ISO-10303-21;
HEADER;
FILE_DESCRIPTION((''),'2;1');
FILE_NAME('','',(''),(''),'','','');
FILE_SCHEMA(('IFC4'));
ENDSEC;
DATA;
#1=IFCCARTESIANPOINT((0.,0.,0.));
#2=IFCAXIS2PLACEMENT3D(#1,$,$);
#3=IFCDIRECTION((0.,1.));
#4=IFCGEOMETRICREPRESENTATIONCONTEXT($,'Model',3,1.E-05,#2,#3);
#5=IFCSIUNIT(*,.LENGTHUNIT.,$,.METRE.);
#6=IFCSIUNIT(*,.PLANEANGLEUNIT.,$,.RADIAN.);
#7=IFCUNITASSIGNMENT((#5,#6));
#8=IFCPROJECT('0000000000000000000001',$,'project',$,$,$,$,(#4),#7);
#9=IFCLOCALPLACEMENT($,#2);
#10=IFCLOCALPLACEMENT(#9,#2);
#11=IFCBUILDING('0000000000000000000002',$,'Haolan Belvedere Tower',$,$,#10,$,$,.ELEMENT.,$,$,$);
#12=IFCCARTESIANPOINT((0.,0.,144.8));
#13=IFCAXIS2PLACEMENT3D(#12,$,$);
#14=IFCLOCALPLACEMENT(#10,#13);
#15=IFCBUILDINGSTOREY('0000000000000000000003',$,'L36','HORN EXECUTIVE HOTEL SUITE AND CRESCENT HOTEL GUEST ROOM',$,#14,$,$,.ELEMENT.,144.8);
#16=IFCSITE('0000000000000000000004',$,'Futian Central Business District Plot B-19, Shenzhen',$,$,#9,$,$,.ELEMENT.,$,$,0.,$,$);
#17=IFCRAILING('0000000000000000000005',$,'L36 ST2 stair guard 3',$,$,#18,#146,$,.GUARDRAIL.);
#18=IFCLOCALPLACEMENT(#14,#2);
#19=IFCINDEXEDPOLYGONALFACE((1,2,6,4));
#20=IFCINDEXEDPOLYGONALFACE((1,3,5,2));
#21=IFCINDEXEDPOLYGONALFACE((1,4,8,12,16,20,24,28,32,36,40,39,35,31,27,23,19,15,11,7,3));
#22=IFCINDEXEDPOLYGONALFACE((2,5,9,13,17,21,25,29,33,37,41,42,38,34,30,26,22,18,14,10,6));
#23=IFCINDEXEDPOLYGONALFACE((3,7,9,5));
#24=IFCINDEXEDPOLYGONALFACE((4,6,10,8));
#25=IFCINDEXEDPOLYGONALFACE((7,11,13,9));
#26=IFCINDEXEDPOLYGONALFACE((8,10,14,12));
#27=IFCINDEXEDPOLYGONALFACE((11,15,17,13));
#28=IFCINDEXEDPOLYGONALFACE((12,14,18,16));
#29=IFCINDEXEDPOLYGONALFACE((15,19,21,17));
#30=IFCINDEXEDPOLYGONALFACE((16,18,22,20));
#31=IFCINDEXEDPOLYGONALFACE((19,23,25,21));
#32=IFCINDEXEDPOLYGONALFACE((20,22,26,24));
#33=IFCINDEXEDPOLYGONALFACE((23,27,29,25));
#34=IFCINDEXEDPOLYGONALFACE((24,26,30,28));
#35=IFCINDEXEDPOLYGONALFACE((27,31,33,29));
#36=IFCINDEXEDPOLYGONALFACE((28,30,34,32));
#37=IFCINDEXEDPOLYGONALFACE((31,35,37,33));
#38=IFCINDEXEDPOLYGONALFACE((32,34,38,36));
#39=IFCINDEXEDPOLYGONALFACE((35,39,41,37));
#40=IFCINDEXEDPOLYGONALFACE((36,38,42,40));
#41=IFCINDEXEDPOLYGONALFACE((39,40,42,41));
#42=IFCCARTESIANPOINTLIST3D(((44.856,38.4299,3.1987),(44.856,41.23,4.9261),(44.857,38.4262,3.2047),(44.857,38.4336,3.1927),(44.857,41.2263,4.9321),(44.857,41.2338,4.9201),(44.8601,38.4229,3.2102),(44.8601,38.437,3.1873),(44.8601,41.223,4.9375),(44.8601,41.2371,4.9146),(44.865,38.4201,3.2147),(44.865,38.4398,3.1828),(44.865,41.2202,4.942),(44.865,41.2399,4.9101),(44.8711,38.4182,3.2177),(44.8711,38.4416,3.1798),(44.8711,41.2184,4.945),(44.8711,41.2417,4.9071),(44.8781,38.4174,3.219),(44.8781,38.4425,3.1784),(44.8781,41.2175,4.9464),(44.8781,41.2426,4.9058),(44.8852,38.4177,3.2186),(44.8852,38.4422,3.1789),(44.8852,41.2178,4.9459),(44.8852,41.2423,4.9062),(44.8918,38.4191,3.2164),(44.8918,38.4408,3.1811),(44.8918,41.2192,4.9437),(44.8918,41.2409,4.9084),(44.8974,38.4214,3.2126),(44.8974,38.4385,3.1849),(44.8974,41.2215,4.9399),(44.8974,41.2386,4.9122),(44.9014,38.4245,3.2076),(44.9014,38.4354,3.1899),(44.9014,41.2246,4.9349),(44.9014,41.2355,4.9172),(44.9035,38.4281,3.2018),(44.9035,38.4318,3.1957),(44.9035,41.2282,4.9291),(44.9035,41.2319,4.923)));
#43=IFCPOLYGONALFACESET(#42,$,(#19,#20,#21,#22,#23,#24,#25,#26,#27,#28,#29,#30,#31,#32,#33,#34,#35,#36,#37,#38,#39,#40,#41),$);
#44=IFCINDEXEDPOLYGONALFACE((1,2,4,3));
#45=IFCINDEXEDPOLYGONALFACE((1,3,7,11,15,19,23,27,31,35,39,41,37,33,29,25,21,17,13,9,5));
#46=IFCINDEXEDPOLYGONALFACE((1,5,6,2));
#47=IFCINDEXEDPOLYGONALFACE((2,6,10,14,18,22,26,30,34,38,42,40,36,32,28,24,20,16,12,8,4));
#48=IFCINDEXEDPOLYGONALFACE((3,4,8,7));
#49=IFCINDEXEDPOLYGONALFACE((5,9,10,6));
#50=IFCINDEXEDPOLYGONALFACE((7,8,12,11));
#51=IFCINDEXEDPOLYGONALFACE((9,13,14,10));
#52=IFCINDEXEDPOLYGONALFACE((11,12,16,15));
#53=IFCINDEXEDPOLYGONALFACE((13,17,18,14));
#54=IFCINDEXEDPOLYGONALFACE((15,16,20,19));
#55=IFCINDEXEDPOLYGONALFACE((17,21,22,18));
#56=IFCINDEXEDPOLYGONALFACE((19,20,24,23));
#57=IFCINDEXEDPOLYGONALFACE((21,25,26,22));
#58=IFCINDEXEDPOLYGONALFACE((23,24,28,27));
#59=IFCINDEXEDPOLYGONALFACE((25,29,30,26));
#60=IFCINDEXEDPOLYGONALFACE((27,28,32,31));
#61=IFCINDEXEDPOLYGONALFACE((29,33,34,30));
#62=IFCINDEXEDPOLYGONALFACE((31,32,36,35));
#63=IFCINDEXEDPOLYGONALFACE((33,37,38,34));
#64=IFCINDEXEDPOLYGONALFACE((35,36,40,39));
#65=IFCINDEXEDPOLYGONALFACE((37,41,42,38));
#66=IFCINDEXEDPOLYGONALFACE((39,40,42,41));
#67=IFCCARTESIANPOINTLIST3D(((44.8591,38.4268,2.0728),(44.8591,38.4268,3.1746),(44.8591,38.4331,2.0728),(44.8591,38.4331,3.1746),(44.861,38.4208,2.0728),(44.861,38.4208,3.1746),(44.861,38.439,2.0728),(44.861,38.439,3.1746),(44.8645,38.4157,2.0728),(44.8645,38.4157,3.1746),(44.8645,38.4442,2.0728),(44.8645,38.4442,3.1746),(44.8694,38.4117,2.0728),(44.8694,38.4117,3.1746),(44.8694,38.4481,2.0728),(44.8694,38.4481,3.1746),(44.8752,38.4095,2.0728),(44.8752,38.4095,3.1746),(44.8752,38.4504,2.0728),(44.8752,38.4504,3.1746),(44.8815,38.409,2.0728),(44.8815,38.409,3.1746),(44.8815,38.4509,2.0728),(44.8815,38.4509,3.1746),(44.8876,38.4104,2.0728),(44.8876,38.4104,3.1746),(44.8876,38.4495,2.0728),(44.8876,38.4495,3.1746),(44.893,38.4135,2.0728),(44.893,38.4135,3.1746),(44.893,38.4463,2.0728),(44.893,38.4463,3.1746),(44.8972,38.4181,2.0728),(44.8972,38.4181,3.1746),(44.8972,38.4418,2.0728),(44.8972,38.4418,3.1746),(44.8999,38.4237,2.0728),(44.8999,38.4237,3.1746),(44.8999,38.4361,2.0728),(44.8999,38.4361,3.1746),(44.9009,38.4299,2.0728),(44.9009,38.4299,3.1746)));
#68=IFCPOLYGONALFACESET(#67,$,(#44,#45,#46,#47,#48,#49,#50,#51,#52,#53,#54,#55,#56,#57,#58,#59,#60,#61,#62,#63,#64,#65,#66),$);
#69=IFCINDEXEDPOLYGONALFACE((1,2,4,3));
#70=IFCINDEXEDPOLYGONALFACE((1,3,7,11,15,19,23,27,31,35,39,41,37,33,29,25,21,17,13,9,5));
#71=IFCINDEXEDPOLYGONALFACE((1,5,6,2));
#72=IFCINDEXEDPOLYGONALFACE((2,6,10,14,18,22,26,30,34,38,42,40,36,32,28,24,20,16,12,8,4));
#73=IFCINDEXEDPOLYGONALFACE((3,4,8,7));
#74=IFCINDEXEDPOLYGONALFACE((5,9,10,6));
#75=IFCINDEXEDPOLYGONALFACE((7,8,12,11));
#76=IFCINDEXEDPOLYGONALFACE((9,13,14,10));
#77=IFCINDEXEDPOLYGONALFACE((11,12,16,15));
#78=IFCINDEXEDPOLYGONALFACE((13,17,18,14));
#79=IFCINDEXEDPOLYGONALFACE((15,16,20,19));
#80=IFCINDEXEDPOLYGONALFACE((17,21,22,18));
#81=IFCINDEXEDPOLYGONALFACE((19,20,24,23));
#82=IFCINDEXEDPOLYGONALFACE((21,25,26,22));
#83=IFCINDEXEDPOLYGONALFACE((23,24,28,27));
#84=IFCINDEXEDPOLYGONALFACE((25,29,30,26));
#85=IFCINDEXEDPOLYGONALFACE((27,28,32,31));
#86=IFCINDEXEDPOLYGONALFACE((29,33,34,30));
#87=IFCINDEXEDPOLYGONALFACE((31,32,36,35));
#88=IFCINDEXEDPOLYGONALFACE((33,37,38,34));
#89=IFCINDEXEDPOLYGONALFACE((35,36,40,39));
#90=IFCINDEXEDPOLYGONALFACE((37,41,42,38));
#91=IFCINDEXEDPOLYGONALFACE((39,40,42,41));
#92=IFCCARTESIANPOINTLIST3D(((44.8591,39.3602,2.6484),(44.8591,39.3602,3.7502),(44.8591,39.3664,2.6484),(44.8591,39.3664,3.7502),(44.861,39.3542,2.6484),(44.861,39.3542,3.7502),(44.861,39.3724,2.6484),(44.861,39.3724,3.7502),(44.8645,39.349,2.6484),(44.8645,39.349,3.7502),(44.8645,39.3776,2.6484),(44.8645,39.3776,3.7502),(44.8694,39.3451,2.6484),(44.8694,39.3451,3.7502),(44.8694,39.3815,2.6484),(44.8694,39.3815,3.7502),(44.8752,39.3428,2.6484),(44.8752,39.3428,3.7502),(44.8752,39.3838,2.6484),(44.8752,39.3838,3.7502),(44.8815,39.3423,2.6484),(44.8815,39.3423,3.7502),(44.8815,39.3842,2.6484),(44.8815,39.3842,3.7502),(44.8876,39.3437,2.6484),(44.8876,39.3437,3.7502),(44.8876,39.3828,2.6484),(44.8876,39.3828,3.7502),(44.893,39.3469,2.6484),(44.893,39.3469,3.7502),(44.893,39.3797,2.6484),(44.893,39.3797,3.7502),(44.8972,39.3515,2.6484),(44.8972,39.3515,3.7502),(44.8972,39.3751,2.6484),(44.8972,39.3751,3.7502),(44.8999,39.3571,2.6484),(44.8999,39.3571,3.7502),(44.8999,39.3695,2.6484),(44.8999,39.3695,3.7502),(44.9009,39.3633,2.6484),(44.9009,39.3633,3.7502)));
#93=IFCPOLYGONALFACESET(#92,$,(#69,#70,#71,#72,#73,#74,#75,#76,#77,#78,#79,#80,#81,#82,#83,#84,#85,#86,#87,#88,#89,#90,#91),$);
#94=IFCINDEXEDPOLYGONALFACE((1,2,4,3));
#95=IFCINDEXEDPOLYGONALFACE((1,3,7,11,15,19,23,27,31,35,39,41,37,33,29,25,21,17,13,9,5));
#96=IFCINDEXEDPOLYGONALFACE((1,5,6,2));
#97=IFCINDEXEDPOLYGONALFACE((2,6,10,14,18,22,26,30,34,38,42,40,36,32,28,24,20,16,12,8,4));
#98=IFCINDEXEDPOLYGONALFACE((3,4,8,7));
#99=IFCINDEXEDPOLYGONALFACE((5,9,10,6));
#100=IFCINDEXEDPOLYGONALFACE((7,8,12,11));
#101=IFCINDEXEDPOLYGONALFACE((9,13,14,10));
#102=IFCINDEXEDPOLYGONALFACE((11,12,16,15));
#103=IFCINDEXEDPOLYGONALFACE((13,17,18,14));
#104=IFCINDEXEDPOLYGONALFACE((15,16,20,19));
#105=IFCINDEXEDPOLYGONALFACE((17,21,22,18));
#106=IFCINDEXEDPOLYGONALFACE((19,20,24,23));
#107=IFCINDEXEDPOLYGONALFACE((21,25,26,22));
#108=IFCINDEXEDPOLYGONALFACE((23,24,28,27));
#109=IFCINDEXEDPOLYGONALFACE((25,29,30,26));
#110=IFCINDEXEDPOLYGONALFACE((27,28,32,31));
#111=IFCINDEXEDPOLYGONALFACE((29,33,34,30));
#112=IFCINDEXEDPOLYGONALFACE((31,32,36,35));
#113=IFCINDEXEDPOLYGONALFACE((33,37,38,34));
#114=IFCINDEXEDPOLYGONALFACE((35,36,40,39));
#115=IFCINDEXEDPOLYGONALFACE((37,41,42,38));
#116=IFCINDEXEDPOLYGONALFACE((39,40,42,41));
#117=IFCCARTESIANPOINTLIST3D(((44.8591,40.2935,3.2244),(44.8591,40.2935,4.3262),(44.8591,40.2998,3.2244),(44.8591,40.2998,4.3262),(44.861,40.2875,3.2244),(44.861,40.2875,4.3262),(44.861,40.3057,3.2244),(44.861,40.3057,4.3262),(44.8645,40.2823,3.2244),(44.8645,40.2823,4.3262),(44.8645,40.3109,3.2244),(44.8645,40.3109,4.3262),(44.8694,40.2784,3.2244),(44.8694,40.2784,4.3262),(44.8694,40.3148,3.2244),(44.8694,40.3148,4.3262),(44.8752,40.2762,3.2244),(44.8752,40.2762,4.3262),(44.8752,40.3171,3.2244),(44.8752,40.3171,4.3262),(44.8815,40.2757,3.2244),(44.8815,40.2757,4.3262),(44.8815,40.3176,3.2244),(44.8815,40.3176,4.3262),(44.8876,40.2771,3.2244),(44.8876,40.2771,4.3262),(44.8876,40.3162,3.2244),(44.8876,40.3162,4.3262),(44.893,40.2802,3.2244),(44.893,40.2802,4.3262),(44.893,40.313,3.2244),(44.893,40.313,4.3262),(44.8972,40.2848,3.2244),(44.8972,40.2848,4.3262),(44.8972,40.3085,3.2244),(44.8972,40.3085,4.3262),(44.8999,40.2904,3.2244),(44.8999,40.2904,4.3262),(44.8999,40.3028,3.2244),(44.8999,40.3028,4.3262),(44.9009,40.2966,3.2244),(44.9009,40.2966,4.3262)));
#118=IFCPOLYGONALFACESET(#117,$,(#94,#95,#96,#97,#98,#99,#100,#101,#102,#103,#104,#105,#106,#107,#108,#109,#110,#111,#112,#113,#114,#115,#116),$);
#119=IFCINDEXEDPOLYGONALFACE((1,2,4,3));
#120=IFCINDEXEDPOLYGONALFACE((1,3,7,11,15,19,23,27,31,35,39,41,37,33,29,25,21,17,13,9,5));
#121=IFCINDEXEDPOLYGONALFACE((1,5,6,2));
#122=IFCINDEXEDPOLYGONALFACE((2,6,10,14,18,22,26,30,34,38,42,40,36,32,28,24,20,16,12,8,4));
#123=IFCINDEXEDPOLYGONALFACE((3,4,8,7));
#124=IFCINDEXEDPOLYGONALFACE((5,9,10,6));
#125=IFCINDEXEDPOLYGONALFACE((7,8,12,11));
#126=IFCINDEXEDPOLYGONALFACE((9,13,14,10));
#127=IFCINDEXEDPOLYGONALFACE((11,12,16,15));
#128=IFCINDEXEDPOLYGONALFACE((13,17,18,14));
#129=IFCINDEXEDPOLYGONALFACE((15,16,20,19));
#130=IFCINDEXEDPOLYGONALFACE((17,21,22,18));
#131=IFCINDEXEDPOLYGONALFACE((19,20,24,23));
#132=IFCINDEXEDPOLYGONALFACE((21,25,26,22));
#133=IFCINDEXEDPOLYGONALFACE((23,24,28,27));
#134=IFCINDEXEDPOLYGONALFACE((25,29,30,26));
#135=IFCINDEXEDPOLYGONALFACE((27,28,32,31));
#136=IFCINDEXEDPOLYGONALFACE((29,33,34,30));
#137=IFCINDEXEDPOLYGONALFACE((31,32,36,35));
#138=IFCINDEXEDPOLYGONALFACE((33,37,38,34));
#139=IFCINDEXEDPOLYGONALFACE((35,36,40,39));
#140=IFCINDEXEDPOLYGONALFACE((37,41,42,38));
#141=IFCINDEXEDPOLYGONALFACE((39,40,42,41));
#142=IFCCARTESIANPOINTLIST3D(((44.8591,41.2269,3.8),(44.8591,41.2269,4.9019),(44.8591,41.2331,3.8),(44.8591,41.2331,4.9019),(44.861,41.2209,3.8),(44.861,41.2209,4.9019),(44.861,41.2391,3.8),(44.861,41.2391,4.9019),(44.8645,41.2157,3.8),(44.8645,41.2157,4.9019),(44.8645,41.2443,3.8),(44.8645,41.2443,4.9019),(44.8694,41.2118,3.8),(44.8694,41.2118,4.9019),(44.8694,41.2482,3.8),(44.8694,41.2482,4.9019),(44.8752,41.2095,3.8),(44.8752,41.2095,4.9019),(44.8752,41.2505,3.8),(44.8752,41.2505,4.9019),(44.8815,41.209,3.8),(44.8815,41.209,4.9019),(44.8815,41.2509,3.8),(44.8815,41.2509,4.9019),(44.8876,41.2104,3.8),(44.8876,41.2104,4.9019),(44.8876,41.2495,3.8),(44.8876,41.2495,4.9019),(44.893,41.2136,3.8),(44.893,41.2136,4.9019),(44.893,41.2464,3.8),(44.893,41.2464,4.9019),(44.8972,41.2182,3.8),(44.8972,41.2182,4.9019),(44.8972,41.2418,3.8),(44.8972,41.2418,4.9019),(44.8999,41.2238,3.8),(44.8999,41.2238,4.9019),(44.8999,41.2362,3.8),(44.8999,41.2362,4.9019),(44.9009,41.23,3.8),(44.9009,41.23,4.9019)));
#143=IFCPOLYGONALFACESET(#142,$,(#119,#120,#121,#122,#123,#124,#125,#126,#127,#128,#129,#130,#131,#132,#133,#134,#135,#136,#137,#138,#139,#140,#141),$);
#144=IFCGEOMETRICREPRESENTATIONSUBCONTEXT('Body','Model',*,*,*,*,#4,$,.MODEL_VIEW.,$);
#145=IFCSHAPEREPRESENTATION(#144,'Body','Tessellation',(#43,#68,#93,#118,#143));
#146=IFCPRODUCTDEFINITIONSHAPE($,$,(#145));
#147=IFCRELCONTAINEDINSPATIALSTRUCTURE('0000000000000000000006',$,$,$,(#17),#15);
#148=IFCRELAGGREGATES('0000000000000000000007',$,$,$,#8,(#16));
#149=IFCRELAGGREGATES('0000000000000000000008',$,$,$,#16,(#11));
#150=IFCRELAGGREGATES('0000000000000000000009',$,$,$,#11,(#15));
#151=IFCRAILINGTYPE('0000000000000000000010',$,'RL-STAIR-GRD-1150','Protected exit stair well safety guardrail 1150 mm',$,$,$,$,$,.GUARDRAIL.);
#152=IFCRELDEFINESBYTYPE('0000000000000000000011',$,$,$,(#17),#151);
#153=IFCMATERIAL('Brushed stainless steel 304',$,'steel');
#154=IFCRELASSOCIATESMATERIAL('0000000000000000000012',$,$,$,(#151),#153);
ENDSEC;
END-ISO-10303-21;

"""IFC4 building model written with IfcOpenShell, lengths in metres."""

from ifc_helpers import new_model, si_unit, direction, frame, origin, origin_2d, place, context, subcontext, project, spatial, circle, extrude, material, type_object, element, save


model = new_model("IFC4")

# Units and contexts
model_context = context("Model", 3, precision=1e-05, world=origin(), true_north=direction((0.0, 1.0)))
body_context = subcontext(model_context, "Body", "Model", "MODEL_VIEW")
ifc_project = project(units=[si_unit("LENGTHUNIT", "METRE"), si_unit("PLANEANGLEUNIT", "RADIAN")], contexts=[model_context])

# Site, building, storey
site_placement = place(None, origin())
site = spatial("IfcSite", under=ifc_project, at=site_placement, Name="Futian Central Business District Plot B-19, Shenzhen", CompositionType="ELEMENT", RefElevation=0.0)
building_placement = place(site_placement, origin())
building = spatial("IfcBuilding", under=site, at=building_placement, Name="Haolan Belvedere Tower", CompositionType="ELEMENT")
storey_placement = place(building_placement, frame((0.0, 0.0, 144.8)))
storey = spatial("IfcBuildingStorey", under=building, at=storey_placement, Name="L36", Description="HORN EXECUTIVE HOTEL SUITE AND CRESCENT HOTEL GUEST ROOM", CompositionType="ELEMENT", Elevation=144.8)

# Railing
ifc_material_1 = material(Name="Brushed stainless steel 304", Category="steel")
railing_type_1 = type_object("IfcRailingType", Name="RL-STAIR-GRD-1150", Description="Protected exit stair well safety guardrail 1150 mm", PredefinedType="GUARDRAIL", material=ifc_material_1)
railing_1_placement = place(storey_placement, frame((44.8799, 38.4299, 2.0728)))
element("IfcRailing", 1, at=railing_1_placement, inside=storey, type_object=railing_type_1, Name="L36 ST2 stair guard 3", PredefinedType="GUARDRAIL", context=body_context, shape_type="SweptSolid", body=[
    extrude(circle(Radius=0.0239, at=origin_2d()), frame((0.0, 0.0, 1.126), z_axis=(0.0, 0.85109, 0.52502), x_axis=(-1.0, 0.0, 0.0)), (0.0, 0.0, 1.0), 3.29),
    extrude(circle(Radius=0.021, at=origin_2d()), origin(), (0.0, 0.0, 1.0), 1.1018),
    extrude(circle(Radius=0.021, at=origin_2d()), frame((0.0, 0.9333, 0.5757)), (0.0, 0.0, 1.0), 1.1018),
    extrude(circle(Radius=0.021, at=origin_2d()), frame((0.0, 1.8667, 1.1516)), (0.0, 0.0, 1.0), 1.1018),
    extrude(circle(Radius=0.021, at=origin_2d()), frame((0.0, 2.8, 1.7273)), (0.0, 0.0, 1.0), 1.1018),
])

save(model, "model.ifc")
